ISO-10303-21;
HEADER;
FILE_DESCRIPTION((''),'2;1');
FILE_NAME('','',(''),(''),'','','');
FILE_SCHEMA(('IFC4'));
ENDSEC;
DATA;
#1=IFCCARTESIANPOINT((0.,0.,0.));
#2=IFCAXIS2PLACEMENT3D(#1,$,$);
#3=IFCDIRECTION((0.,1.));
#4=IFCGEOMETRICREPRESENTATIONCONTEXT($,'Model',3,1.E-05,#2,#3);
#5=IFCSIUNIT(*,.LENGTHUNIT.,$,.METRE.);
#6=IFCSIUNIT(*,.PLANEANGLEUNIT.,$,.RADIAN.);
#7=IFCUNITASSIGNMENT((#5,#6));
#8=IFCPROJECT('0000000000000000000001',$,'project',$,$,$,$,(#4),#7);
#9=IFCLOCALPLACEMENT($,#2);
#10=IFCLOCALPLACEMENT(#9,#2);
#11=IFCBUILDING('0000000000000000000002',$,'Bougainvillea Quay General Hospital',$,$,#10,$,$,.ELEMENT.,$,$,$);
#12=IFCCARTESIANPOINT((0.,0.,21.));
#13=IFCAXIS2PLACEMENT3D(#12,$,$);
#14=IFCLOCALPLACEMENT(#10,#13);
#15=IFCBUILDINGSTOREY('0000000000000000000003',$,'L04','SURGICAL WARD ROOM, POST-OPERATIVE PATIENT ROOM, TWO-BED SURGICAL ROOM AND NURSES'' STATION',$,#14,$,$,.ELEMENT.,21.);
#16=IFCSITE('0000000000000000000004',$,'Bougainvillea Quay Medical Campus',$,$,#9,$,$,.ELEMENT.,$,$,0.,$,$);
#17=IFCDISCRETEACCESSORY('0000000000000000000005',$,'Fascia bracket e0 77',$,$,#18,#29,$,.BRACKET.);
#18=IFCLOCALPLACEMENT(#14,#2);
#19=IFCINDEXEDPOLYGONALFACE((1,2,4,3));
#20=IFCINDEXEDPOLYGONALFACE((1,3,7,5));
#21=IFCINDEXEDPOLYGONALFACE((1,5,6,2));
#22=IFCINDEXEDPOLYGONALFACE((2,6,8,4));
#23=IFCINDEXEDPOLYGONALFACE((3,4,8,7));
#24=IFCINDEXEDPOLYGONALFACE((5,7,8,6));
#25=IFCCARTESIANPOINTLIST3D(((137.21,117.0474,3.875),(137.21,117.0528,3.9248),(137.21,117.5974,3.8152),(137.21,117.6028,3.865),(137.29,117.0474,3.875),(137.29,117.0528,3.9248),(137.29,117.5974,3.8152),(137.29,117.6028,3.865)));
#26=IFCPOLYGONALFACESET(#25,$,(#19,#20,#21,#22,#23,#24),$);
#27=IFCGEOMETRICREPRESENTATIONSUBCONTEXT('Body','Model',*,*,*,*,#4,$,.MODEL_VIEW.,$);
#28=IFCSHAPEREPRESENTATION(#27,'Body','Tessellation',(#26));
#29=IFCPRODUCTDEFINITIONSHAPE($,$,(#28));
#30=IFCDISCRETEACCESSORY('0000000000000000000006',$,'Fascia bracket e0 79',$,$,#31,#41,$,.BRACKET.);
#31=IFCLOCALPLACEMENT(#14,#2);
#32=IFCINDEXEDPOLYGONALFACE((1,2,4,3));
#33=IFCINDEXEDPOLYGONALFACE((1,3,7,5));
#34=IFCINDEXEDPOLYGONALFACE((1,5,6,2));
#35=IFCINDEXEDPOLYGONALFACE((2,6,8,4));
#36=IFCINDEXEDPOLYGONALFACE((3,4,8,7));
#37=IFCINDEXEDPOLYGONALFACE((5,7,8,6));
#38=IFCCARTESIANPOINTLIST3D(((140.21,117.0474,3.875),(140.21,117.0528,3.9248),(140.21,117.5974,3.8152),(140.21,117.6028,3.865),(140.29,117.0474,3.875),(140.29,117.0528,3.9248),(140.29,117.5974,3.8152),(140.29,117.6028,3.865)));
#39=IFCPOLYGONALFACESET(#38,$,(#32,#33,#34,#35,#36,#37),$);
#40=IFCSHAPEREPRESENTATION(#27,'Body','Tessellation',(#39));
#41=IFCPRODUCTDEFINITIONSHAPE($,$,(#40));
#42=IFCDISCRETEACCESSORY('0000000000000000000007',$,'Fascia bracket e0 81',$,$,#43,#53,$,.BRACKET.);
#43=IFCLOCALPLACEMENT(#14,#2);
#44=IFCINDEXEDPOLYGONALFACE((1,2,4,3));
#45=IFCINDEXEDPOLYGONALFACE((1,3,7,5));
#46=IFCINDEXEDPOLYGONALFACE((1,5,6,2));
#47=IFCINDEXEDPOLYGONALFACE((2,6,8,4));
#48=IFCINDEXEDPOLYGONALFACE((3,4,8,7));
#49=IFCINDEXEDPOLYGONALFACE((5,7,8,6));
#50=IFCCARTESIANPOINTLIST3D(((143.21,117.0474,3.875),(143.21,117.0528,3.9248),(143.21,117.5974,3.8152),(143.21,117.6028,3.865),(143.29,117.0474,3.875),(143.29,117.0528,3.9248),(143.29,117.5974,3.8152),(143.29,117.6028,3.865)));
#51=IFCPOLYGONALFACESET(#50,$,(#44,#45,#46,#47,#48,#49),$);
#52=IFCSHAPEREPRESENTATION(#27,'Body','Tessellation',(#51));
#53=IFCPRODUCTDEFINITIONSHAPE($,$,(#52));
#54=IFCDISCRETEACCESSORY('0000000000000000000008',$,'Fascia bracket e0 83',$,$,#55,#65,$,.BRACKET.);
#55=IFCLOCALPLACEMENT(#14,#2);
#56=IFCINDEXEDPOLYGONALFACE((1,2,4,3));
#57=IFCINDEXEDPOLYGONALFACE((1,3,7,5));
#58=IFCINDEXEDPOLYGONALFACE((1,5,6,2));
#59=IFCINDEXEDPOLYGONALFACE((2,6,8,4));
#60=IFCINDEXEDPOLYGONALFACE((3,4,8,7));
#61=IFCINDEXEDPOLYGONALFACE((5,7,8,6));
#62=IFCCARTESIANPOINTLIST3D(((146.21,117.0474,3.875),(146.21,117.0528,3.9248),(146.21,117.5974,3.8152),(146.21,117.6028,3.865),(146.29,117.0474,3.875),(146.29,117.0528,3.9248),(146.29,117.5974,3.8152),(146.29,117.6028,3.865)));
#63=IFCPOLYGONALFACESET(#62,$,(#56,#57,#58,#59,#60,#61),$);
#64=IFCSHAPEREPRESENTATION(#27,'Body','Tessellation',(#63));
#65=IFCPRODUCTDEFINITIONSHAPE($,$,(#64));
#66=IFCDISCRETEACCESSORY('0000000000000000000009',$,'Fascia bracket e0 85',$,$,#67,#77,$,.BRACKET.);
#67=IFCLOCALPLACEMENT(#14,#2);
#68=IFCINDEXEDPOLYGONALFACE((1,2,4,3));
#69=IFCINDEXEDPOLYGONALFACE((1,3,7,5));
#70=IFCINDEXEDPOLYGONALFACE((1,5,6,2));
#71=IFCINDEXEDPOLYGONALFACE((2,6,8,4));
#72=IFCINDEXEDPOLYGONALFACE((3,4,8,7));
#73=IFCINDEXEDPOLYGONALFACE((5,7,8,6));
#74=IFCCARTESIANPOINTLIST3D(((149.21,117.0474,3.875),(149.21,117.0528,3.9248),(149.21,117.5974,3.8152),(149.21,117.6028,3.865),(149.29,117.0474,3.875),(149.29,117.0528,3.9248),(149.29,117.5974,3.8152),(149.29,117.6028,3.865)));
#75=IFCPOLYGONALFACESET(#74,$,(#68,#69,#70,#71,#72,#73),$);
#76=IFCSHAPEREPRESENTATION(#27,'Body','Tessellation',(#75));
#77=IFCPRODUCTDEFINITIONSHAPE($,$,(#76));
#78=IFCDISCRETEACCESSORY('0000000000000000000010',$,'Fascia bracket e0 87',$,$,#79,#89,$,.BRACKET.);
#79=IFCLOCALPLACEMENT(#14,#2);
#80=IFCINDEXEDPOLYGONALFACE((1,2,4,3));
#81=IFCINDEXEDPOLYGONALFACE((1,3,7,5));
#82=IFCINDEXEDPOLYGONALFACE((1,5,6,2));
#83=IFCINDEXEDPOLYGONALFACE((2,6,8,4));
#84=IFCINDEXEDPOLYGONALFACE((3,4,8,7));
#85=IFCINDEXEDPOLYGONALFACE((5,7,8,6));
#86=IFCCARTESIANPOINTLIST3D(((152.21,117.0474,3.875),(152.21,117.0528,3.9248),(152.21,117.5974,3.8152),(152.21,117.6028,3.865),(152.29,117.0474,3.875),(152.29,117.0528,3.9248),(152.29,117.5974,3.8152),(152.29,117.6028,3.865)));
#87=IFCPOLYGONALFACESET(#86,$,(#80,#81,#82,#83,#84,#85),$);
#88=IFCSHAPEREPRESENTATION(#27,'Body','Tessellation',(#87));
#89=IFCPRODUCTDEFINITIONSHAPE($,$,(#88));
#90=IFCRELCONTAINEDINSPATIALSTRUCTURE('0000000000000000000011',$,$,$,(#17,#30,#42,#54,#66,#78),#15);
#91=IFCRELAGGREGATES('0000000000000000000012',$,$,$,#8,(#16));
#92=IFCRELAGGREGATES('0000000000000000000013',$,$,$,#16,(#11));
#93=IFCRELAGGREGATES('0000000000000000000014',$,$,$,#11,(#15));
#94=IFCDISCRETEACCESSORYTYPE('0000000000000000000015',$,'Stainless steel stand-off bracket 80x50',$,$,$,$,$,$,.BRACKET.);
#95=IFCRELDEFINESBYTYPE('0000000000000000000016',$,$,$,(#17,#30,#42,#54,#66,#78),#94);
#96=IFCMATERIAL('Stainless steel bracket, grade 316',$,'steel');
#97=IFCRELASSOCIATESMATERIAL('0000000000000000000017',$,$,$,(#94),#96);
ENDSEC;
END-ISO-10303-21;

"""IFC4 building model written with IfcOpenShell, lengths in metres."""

from ifc_helpers import new_model, si_unit, direction, frame, origin, origin_2d, place, context, subcontext, project, spatial, rectangle, extrude, material, material_profile, profile_set, type_object, element, save


model = new_model("IFC4")

# Units and contexts
model_context = context("Model", 3, precision=1e-05, world=origin(), true_north=direction((0.0, 1.0)))
body_context = subcontext(model_context, "Body", "Model", "MODEL_VIEW")
ifc_project = project(units=[si_unit("LENGTHUNIT", "METRE"), si_unit("PLANEANGLEUNIT", "RADIAN")], contexts=[model_context])

# Site, building, storey
site_placement = place(None, origin())
site = spatial("IfcSite", under=ifc_project, at=site_placement, Name="Bougainvillea Quay Medical Campus", CompositionType="ELEMENT", RefElevation=0.0)
building_placement = place(site_placement, origin())
building = spatial("IfcBuilding", under=site, at=building_placement, Name="Bougainvillea Quay General Hospital", CompositionType="ELEMENT")
storey_placement = place(building_placement, frame((0.0, 0.0, 21.0)))
storey = spatial("IfcBuildingStorey", under=building, at=storey_placement, Name="L04", Description="SURGICAL WARD ROOM, POST-OPERATIVE PATIENT ROOM, TWO-BED SURGICAL ROOM AND NURSES' STATION", CompositionType="ELEMENT", Elevation=21.0)

# Discrete accessories
ifc_material_1 = material(Name="Stainless steel bracket, grade 316", Category="steel")
ifc_material_profile_1 = material_profile(ifc_material_1, rectangle(XDim=0.0801, YDim=0.05, at=origin_2d()))
ifc_profile_set_1 = profile_set([ifc_material_profile_1], Name="Stainless steel bracket, grade 316")
discrete_accessory_type_1 = type_object("IfcDiscreteAccessoryType", Name="Stainless steel stand-off bracket 80x50", PredefinedType="BRACKET", material=ifc_profile_set_1)
for number, where, z_axis, x_axis, name in (
    (1, (137.25, 117.6001, 3.8401), (0.0, -0.994139, 0.108107), (1.0, 0.0, 0.0), "Fascia bracket e0 77"),
    (2, (140.25, 117.6001, 3.8401), (0.0, -0.994139, 0.108107), (1.0, 0.0, 0.0), "Fascia bracket e0 79"),
    (3, (143.25, 117.6001, 3.8401), (0.0, -0.994139, 0.108107), (1.0, 0.0, 0.0), "Fascia bracket e0 81"),
    (4, (146.25, 117.6001, 3.8401), (0.0, -0.994139, 0.108107), (1.0, 0.0, 0.0), "Fascia bracket e0 83"),
    (5, (149.25, 117.6001, 3.8401), (0.0, -0.994139, 0.108107), (1.0, 0.0, 0.0), "Fascia bracket e0 85"),
    (6, (152.25, 117.6001, 3.8401), (0.0, -0.994139, 0.108107), (1.0, 0.0, 0.0), "Fascia bracket e0 87"),
):
    element("IfcDiscreteAccessory", number, at=place(storey_placement, frame(where, z_axis=z_axis, x_axis=x_axis)), inside=storey, type_object=discrete_accessory_type_1, Name=name, PredefinedType="BRACKET", context=body_context, shape_type="SweptSolid", body=[
        extrude(rectangle(XDim=0.0801, YDim=0.05, at=origin_2d()), origin(), (0.0, 0.0, 1.0), 0.5532),
    ])

save(model, "model.ifc")
